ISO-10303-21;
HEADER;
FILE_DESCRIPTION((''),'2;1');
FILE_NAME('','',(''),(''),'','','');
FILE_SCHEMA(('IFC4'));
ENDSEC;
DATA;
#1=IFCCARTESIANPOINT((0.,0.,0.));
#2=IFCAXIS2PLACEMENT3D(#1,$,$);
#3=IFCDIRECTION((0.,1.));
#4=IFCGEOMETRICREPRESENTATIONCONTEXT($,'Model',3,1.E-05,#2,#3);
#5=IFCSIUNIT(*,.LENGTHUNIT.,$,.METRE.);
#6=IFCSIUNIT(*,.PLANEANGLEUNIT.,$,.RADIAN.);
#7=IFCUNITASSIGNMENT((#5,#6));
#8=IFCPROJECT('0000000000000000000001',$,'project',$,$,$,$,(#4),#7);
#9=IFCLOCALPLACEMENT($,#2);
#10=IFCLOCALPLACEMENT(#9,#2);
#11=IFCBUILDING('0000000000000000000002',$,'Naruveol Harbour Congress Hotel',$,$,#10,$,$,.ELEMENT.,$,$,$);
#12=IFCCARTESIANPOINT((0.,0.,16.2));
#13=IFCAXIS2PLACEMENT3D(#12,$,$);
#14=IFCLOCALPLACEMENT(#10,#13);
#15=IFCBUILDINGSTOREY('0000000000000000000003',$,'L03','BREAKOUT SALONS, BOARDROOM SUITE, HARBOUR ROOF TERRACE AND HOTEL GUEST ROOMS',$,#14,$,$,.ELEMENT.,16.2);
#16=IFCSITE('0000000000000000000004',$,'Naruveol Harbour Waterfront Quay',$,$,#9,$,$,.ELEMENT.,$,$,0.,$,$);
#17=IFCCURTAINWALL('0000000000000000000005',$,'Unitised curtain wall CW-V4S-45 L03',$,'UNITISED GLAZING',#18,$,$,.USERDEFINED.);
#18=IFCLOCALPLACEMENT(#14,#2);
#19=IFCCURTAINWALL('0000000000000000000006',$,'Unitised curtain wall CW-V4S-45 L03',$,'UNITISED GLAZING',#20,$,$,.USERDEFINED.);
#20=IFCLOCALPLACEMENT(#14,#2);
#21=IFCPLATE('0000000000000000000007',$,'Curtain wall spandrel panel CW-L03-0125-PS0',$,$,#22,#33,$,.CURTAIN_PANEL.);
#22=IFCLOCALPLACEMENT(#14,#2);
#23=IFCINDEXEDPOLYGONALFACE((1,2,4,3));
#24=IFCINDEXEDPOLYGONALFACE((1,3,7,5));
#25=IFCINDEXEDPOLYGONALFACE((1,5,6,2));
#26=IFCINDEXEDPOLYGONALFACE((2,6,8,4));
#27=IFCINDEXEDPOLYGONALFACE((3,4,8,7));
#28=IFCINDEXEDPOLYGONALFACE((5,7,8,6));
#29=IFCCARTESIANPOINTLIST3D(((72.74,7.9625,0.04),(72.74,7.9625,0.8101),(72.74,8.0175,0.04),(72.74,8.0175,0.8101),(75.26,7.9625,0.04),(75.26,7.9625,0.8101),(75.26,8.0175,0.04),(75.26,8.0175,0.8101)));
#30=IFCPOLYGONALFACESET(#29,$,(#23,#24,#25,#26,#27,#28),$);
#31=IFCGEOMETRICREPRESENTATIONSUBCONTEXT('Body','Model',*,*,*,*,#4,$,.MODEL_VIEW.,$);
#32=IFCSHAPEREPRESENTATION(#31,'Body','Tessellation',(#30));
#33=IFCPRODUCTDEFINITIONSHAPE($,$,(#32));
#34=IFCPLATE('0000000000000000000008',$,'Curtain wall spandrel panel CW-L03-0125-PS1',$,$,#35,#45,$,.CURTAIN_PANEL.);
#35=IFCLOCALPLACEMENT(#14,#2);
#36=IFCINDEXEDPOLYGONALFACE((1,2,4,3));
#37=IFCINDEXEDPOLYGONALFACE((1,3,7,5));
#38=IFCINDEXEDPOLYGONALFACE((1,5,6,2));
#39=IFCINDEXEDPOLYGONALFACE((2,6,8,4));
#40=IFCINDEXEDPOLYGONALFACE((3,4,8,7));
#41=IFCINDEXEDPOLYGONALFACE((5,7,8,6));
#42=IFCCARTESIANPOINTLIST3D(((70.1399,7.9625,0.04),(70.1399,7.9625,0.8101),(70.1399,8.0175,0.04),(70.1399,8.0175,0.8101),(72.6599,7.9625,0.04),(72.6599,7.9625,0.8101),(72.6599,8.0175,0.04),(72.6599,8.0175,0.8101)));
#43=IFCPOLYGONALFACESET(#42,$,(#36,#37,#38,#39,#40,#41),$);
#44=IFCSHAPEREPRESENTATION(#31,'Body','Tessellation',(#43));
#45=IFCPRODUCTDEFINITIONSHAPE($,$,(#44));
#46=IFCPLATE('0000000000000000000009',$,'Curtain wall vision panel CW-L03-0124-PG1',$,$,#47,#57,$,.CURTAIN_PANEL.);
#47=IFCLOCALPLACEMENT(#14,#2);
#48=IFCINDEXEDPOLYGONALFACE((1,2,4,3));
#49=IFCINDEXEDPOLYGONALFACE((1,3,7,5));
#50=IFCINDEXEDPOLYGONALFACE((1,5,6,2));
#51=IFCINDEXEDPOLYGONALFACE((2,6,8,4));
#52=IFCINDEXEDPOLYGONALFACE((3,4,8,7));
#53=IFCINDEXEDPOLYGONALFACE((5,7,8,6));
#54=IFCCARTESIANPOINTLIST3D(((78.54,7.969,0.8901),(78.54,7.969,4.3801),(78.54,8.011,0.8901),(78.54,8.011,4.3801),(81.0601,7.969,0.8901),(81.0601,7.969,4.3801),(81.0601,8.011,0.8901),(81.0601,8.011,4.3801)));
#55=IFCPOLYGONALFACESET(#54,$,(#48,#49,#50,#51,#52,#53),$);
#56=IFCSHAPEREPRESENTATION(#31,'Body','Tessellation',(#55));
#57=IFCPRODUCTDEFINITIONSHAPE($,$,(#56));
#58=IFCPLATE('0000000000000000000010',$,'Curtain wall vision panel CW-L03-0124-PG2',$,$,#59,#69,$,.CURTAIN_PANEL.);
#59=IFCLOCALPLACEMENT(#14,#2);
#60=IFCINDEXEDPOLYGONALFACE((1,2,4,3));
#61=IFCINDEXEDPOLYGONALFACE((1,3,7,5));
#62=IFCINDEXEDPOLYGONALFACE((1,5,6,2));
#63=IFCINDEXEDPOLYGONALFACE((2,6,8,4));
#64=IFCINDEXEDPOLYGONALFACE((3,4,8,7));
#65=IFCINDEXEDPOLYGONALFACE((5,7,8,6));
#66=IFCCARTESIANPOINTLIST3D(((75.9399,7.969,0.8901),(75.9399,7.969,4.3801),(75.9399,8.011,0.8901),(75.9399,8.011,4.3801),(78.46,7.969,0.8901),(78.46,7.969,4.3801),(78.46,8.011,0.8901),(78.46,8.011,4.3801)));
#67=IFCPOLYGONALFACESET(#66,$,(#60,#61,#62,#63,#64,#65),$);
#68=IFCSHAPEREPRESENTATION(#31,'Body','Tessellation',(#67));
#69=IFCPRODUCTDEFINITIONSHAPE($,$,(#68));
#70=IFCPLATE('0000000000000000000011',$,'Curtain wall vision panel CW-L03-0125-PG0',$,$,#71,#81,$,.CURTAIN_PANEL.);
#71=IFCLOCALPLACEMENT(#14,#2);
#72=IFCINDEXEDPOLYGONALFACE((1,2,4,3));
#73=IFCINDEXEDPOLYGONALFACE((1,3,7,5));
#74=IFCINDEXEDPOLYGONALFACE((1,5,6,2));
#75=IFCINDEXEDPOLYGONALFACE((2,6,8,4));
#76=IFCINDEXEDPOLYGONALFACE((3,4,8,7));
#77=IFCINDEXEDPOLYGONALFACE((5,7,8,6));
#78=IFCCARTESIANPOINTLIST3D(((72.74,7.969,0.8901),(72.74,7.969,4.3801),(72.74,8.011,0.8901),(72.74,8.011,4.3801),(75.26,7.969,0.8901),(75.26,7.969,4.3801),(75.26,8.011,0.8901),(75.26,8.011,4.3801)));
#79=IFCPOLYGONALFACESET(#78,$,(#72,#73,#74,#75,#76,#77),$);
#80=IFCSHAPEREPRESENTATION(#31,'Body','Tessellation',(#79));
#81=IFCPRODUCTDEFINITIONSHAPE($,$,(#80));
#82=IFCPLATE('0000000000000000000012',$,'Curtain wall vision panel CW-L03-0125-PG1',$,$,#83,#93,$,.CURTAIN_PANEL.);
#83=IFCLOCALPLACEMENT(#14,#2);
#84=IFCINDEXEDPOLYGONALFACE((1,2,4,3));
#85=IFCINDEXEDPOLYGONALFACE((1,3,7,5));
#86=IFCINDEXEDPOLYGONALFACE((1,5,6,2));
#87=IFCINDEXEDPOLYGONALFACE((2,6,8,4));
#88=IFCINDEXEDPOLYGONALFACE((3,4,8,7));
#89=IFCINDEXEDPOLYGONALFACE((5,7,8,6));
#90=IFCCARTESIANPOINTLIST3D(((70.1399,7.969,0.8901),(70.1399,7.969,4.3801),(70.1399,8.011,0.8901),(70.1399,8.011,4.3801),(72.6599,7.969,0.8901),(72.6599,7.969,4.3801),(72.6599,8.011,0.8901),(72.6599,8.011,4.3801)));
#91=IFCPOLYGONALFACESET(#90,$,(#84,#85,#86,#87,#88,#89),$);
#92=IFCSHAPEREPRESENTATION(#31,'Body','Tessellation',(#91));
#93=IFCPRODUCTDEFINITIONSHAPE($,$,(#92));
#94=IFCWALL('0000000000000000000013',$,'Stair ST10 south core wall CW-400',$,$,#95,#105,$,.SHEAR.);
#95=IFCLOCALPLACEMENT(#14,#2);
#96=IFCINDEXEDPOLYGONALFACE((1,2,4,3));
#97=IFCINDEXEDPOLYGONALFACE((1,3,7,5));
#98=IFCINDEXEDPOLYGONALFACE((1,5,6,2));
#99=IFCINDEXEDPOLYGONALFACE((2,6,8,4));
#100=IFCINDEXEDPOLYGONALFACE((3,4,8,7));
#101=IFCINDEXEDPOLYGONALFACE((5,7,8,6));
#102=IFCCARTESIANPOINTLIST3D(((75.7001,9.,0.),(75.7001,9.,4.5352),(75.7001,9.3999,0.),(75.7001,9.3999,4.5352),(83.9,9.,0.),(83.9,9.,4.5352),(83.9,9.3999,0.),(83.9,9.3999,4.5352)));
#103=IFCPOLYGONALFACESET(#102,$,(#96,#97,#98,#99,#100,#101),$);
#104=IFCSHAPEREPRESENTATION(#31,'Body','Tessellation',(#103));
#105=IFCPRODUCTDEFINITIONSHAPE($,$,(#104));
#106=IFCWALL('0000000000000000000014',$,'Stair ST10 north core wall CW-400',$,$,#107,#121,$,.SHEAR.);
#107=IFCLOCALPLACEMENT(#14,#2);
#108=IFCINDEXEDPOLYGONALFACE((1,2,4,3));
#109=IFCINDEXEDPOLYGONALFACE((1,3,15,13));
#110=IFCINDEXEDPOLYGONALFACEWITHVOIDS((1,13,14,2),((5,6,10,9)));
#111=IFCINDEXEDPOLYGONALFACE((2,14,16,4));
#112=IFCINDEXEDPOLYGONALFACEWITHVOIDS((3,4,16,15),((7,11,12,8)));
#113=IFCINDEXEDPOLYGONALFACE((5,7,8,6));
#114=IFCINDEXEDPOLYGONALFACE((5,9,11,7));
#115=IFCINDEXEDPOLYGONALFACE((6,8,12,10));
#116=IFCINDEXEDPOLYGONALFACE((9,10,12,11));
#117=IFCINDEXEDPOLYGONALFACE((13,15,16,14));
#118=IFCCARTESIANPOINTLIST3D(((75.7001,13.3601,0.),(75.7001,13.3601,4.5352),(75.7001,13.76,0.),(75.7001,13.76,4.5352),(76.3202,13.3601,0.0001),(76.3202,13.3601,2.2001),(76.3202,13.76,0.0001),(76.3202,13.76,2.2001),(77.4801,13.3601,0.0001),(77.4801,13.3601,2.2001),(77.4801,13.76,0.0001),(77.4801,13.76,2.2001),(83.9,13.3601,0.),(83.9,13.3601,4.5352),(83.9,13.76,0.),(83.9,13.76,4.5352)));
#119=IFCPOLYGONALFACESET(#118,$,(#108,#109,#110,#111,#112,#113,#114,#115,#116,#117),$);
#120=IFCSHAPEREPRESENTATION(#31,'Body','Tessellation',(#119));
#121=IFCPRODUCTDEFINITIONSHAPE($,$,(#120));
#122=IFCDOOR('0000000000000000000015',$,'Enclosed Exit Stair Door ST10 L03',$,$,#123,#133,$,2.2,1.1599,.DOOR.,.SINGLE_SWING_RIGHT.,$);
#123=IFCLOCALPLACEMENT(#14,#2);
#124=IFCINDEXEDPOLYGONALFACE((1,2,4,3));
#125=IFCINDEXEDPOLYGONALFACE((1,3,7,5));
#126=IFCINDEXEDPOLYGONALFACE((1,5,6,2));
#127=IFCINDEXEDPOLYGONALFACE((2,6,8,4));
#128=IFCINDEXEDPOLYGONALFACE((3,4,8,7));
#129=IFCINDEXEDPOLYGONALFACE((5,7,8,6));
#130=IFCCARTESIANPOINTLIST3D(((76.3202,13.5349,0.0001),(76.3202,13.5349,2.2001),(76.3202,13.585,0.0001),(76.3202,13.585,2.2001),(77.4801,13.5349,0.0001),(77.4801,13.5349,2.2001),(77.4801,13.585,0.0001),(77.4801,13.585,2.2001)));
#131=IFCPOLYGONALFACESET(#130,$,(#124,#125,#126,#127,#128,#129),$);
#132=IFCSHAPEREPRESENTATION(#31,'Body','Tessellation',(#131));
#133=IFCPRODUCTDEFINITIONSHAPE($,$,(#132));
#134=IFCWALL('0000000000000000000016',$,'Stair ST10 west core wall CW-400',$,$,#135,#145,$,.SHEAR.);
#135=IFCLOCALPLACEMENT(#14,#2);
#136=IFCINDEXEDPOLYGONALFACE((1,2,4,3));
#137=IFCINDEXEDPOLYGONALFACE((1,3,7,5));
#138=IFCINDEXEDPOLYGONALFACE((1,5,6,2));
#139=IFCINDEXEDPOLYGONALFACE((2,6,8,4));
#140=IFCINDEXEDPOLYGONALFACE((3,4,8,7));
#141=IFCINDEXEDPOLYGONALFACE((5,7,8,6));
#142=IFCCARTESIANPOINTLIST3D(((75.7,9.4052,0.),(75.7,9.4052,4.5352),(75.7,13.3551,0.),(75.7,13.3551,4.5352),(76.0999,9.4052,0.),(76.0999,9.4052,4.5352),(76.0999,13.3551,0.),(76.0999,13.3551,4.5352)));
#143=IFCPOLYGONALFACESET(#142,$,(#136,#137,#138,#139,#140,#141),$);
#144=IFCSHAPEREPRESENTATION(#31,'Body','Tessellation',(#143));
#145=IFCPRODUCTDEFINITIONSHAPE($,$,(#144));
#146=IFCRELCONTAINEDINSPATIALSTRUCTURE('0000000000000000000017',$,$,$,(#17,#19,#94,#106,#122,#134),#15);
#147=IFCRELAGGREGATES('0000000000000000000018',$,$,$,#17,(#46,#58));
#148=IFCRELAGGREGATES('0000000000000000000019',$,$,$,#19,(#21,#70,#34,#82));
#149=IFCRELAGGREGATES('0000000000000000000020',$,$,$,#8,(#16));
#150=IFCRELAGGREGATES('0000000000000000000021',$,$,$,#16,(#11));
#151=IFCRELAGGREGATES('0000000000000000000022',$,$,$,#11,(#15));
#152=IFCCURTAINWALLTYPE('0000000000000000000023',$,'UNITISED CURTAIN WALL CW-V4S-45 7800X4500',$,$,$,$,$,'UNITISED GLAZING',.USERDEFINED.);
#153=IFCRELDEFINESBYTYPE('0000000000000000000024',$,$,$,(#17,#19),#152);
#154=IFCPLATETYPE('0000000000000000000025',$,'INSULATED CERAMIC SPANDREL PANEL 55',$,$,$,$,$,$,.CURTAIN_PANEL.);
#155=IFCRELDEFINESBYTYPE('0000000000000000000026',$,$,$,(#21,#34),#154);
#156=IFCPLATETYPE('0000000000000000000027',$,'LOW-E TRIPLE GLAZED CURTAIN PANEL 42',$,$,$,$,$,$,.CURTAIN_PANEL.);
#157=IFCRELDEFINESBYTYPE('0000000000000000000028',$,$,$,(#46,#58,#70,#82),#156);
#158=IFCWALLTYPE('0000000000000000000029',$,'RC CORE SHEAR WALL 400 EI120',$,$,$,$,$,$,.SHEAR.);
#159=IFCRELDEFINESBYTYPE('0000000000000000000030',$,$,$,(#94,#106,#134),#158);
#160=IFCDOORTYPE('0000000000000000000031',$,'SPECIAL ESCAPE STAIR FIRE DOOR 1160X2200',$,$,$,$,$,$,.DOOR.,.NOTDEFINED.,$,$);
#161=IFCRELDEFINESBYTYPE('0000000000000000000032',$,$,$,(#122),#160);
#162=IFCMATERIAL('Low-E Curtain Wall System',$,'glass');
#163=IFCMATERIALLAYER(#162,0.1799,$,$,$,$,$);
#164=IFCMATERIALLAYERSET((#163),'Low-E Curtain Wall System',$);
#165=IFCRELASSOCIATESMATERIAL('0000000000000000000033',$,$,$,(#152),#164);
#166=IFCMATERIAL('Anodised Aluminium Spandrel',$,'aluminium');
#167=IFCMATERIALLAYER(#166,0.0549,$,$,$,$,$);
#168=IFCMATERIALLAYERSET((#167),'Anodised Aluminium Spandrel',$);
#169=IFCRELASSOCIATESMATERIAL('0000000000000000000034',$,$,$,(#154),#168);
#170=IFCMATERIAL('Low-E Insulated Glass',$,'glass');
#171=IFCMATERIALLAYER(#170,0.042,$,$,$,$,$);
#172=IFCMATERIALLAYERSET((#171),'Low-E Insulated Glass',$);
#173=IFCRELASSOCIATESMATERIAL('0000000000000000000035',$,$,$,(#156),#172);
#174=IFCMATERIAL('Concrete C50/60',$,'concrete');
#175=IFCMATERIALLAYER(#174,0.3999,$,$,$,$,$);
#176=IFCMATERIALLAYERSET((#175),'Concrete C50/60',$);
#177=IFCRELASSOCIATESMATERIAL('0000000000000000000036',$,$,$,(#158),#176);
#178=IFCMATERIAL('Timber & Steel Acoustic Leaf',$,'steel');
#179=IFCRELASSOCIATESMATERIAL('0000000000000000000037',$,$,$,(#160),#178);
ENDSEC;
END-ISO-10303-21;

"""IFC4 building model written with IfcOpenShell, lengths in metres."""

from ifc_helpers import new_model, si_unit, direction, frame, frame_2d, origin, origin_2d, place, context, subcontext, project, spatial, rectangle, extrude, material, layer, layer_set, type_object, element, fill, aggregate, save


model = new_model("IFC4")

# Units and contexts
model_context = context("Model", 3, precision=1e-05, world=origin(), true_north=direction((0.0, 1.0)))
body_context = subcontext(model_context, "Body", "Model", "MODEL_VIEW")
ifc_project = project(units=[si_unit("LENGTHUNIT", "METRE"), si_unit("PLANEANGLEUNIT", "RADIAN")], contexts=[model_context])

# Site, building, storey
site_placement = place(None, origin())
site = spatial("IfcSite", under=ifc_project, at=site_placement, Name="Naruveol Harbour Waterfront Quay", CompositionType="ELEMENT", RefElevation=0.0)
building_placement = place(site_placement, origin())
building = spatial("IfcBuilding", under=site, at=building_placement, Name="Naruveol Harbour Congress Hotel", CompositionType="ELEMENT")
storey_placement = place(building_placement, frame((0.0, 0.0, 16.2)))
storey = spatial("IfcBuildingStorey", under=building, at=storey_placement, Name="L03", Description="BREAKOUT SALONS, BOARDROOM SUITE, HARBOUR ROOF TERRACE AND HOTEL GUEST ROOMS", CompositionType="ELEMENT", Elevation=16.2)

# Curtain walls
ifc_material_1 = material(Name="Low-E Curtain Wall System", Category="glass")
ifc_layer_1 = layer(ifc_material_1, 0.1799)
ifc_layer_set_1 = layer_set([ifc_layer_1], Name="Low-E Curtain Wall System")
curtain_wall_type = type_object("IfcCurtainWallType", Name="UNITISED CURTAIN WALL CW-V4S-45 7800X4500", ElementType="UNITISED GLAZING", PredefinedType="USERDEFINED", material=ifc_layer_set_1)
curtain_wall_1_placement = place(storey_placement, origin())
curtain_wall_1 = element("IfcCurtainWall", 1, at=curtain_wall_1_placement, inside=storey, type_object=curtain_wall_type, Name="Unitised curtain wall CW-V4S-45 L03", ObjectType="UNITISED GLAZING", PredefinedType="USERDEFINED")
curtain_wall_2_placement = place(storey_placement, origin())
curtain_wall_2 = element("IfcCurtainWall", 2, at=curtain_wall_2_placement, inside=storey, type_object=curtain_wall_type, Name="Unitised curtain wall CW-V4S-45 L03", ObjectType="UNITISED GLAZING", PredefinedType="USERDEFINED")

# Plates
ifc_material_2 = material(Name="Anodised Aluminium Spandrel", Category="aluminium")
ifc_layer_2 = layer(ifc_material_2, 0.0549)
ifc_layer_set_2 = layer_set([ifc_layer_2], Name="Anodised Aluminium Spandrel")
plate_type_1 = type_object("IfcPlateType", Name="INSULATED CERAMIC SPANDREL PANEL 55", PredefinedType="CURTAIN_PANEL", material=ifc_layer_set_2)
plate_1_placement = place(storey_placement, frame((74.0, 7.99, 0.04), z_axis=(0.0, 0.0, 1.0), x_axis=(-1.0, 0.0, 0.0)))
plate_1 = element("IfcPlate", 3, at=plate_1_placement, type_object=plate_type_1, Name="Curtain wall spandrel panel CW-L03-0125-PS0", PredefinedType="CURTAIN_PANEL", context=body_context, shape_type="SweptSolid", body=[
    extrude(rectangle(XDim=2.52, YDim=0.0549, at=origin_2d()), origin(), (0.0, 0.0, 1.0), 0.77),
])
plate_2_placement = place(storey_placement, frame((71.3999, 7.99, 0.04), z_axis=(0.0, 0.0, 1.0), x_axis=(-1.0, 0.0, 0.0)))
plate_2 = element("IfcPlate", 4, at=plate_2_placement, type_object=plate_type_1, Name="Curtain wall spandrel panel CW-L03-0125-PS1", PredefinedType="CURTAIN_PANEL", context=body_context, shape_type="SweptSolid", body=[
    extrude(rectangle(XDim=2.52, YDim=0.0549, at=origin_2d()), origin(), (0.0, 0.0, 1.0), 0.77),
])
ifc_material_3 = material(Name="Low-E Insulated Glass", Category="glass")
ifc_layer_3 = layer(ifc_material_3, 0.042)
ifc_layer_set_3 = layer_set([ifc_layer_3], Name="Low-E Insulated Glass")
plate_type_2 = type_object("IfcPlateType", Name="LOW-E TRIPLE GLAZED CURTAIN PANEL 42", PredefinedType="CURTAIN_PANEL", material=ifc_layer_set_3)
plate_3_placement = place(storey_placement, frame((79.8, 7.99, 0.8901), z_axis=(0.0, 0.0, 1.0), x_axis=(-1.0, 0.0, 0.0)))
plate_3 = element("IfcPlate", 5, at=plate_3_placement, type_object=plate_type_2, Name="Curtain wall vision panel CW-L03-0124-PG1", PredefinedType="CURTAIN_PANEL", context=body_context, shape_type="SweptSolid", body=[
    extrude(rectangle(XDim=2.52, YDim=0.042, at=origin_2d()), origin(), (0.0, 0.0, 1.0), 3.49),
])
plate_4_placement = place(storey_placement, frame((77.2, 7.99, 0.8901), z_axis=(0.0, 0.0, 1.0), x_axis=(-1.0, 0.0, 0.0)))
plate_4 = element("IfcPlate", 6, at=plate_4_placement, type_object=plate_type_2, Name="Curtain wall vision panel CW-L03-0124-PG2", PredefinedType="CURTAIN_PANEL", context=body_context, shape_type="SweptSolid", body=[
    extrude(rectangle(XDim=2.52, YDim=0.042, at=origin_2d()), origin(), (0.0, 0.0, 1.0), 3.49),
])
aggregate(curtain_wall_1, [plate_3, plate_4])
plate_5_placement = place(storey_placement, frame((74.0, 7.99, 0.8901), z_axis=(0.0, 0.0, 1.0), x_axis=(-1.0, 0.0, 0.0)))
plate_5 = element("IfcPlate", 7, at=plate_5_placement, type_object=plate_type_2, Name="Curtain wall vision panel CW-L03-0125-PG0", PredefinedType="CURTAIN_PANEL", context=body_context, shape_type="SweptSolid", body=[
    extrude(rectangle(XDim=2.52, YDim=0.042, at=origin_2d()), origin(), (0.0, 0.0, 1.0), 3.49),
])
plate_6_placement = place(storey_placement, frame((71.3999, 7.99, 0.8901), z_axis=(0.0, 0.0, 1.0), x_axis=(-1.0, 0.0, 0.0)))
plate_6 = element("IfcPlate", 8, at=plate_6_placement, type_object=plate_type_2, Name="Curtain wall vision panel CW-L03-0125-PG1", PredefinedType="CURTAIN_PANEL", context=body_context, shape_type="SweptSolid", body=[
    extrude(rectangle(XDim=2.52, YDim=0.042, at=origin_2d()), origin(), (0.0, 0.0, 1.0), 3.49),
])
aggregate(curtain_wall_2, [plate_1, plate_5, plate_2, plate_6])

# Wall
ifc_material_4 = material(Name="Concrete C50/60", Category="concrete")
ifc_layer_4 = layer(ifc_material_4, 0.3999)
ifc_layer_set_4 = layer_set([ifc_layer_4], Name="Concrete C50/60")
wall_type = type_object("IfcWallType", Name="RC CORE SHEAR WALL 400 EI120", PredefinedType="SHEAR", material=ifc_layer_set_4)
wall_1_placement = place(storey_placement, frame((75.7, 9.2, 0.0), z_axis=(0.0, 0.0, 1.0), x_axis=(1.0, 0.0, 0.0)))
element("IfcWall", 9, at=wall_1_placement, inside=storey, type_object=wall_type, Name="Stair ST10 south core wall CW-400", PredefinedType="SHEAR", context=body_context, shape_type="SweptSolid", body=[
    extrude(rectangle(XDim=8.2, YDim=0.3999, at=frame_2d((4.1001, 0.0))), origin(), (0.0, 0.0, 1.0), 4.5352),
])

# Wall, opening, door
wall_2_placement = place(storey_placement, frame((75.7, 13.5601, 0.0), z_axis=(0.0, 0.0, 1.0), x_axis=(1.0, 0.0, 0.0)))
wall_2 = element("IfcWall", 10, at=wall_2_placement, inside=storey, type_object=wall_type, Name="Stair ST10 north core wall CW-400", PredefinedType="SHEAR", context=body_context, shape_type="SweptSolid", body=[
    extrude(rectangle(XDim=8.2, YDim=0.3999, at=frame_2d((4.1001, 0.0))), origin(), (0.0, 0.0, 1.0), 4.5352),
])
opening_placement = place(wall_2_placement, frame((0.6201, 0.0, 0.0)))
opening = element("IfcOpeningElement", 11, at=opening_placement, cuts=wall_2, PredefinedType="OPENING", context=body_context, shape_type="SweptSolid", body=[
    extrude(rectangle(XDim=1.1599, YDim=2.2, at=frame_2d((0.5801, 1.1001))), frame((0.0, 0.21, 0.0), z_axis=(0.0, -1.0, 0.0), x_axis=(1.0, 0.0, 0.0)), (0.0, 0.0, 1.0), 0.4199),
])
ifc_material_5 = material(Name="Timber & Steel Acoustic Leaf", Category="steel")
door_type = type_object("IfcDoorType", Name="SPECIAL ESCAPE STAIR FIRE DOOR 1160X2200", OperationType="NOTDEFINED", PredefinedType="DOOR", material=ifc_material_5)
door_placement = place(opening_placement, origin())
door = element("IfcDoor", 12, at=door_placement, inside=storey, type_object=door_type, Name="Enclosed Exit Stair Door ST10 L03", OperationType="SINGLE_SWING_RIGHT", OverallHeight=2.2, OverallWidth=1.1599, PredefinedType="DOOR", context=body_context, shape_type="SweptSolid", body=[
    extrude(rectangle(XDim=1.1599, YDim=2.2, at=frame_2d((0.5801, 1.1001))), frame((0.0, 0.0249, 0.0), z_axis=(0.0, -1.0, 0.0), x_axis=(1.0, 0.0, 0.0)), (0.0, 0.0, 1.0), 0.05),
])
fill(opening, door)

# Wall
wall_3_placement = place(storey_placement, frame((75.8999, 9.405, 0.0), z_axis=(0.0, 0.0, 1.0), x_axis=(0.0, 1.0, 0.0)))
element("IfcWall", 13, at=wall_3_placement, inside=storey, type_object=wall_type, Name="Stair ST10 west core wall CW-400", PredefinedType="SHEAR", context=body_context, shape_type="SweptSolid", body=[
    extrude(rectangle(XDim=3.95, YDim=0.3999, at=frame_2d((1.9751, 0.0))), origin(), (0.0, 0.0, 1.0), 4.5352),
])

save(model, "model.ifc")
